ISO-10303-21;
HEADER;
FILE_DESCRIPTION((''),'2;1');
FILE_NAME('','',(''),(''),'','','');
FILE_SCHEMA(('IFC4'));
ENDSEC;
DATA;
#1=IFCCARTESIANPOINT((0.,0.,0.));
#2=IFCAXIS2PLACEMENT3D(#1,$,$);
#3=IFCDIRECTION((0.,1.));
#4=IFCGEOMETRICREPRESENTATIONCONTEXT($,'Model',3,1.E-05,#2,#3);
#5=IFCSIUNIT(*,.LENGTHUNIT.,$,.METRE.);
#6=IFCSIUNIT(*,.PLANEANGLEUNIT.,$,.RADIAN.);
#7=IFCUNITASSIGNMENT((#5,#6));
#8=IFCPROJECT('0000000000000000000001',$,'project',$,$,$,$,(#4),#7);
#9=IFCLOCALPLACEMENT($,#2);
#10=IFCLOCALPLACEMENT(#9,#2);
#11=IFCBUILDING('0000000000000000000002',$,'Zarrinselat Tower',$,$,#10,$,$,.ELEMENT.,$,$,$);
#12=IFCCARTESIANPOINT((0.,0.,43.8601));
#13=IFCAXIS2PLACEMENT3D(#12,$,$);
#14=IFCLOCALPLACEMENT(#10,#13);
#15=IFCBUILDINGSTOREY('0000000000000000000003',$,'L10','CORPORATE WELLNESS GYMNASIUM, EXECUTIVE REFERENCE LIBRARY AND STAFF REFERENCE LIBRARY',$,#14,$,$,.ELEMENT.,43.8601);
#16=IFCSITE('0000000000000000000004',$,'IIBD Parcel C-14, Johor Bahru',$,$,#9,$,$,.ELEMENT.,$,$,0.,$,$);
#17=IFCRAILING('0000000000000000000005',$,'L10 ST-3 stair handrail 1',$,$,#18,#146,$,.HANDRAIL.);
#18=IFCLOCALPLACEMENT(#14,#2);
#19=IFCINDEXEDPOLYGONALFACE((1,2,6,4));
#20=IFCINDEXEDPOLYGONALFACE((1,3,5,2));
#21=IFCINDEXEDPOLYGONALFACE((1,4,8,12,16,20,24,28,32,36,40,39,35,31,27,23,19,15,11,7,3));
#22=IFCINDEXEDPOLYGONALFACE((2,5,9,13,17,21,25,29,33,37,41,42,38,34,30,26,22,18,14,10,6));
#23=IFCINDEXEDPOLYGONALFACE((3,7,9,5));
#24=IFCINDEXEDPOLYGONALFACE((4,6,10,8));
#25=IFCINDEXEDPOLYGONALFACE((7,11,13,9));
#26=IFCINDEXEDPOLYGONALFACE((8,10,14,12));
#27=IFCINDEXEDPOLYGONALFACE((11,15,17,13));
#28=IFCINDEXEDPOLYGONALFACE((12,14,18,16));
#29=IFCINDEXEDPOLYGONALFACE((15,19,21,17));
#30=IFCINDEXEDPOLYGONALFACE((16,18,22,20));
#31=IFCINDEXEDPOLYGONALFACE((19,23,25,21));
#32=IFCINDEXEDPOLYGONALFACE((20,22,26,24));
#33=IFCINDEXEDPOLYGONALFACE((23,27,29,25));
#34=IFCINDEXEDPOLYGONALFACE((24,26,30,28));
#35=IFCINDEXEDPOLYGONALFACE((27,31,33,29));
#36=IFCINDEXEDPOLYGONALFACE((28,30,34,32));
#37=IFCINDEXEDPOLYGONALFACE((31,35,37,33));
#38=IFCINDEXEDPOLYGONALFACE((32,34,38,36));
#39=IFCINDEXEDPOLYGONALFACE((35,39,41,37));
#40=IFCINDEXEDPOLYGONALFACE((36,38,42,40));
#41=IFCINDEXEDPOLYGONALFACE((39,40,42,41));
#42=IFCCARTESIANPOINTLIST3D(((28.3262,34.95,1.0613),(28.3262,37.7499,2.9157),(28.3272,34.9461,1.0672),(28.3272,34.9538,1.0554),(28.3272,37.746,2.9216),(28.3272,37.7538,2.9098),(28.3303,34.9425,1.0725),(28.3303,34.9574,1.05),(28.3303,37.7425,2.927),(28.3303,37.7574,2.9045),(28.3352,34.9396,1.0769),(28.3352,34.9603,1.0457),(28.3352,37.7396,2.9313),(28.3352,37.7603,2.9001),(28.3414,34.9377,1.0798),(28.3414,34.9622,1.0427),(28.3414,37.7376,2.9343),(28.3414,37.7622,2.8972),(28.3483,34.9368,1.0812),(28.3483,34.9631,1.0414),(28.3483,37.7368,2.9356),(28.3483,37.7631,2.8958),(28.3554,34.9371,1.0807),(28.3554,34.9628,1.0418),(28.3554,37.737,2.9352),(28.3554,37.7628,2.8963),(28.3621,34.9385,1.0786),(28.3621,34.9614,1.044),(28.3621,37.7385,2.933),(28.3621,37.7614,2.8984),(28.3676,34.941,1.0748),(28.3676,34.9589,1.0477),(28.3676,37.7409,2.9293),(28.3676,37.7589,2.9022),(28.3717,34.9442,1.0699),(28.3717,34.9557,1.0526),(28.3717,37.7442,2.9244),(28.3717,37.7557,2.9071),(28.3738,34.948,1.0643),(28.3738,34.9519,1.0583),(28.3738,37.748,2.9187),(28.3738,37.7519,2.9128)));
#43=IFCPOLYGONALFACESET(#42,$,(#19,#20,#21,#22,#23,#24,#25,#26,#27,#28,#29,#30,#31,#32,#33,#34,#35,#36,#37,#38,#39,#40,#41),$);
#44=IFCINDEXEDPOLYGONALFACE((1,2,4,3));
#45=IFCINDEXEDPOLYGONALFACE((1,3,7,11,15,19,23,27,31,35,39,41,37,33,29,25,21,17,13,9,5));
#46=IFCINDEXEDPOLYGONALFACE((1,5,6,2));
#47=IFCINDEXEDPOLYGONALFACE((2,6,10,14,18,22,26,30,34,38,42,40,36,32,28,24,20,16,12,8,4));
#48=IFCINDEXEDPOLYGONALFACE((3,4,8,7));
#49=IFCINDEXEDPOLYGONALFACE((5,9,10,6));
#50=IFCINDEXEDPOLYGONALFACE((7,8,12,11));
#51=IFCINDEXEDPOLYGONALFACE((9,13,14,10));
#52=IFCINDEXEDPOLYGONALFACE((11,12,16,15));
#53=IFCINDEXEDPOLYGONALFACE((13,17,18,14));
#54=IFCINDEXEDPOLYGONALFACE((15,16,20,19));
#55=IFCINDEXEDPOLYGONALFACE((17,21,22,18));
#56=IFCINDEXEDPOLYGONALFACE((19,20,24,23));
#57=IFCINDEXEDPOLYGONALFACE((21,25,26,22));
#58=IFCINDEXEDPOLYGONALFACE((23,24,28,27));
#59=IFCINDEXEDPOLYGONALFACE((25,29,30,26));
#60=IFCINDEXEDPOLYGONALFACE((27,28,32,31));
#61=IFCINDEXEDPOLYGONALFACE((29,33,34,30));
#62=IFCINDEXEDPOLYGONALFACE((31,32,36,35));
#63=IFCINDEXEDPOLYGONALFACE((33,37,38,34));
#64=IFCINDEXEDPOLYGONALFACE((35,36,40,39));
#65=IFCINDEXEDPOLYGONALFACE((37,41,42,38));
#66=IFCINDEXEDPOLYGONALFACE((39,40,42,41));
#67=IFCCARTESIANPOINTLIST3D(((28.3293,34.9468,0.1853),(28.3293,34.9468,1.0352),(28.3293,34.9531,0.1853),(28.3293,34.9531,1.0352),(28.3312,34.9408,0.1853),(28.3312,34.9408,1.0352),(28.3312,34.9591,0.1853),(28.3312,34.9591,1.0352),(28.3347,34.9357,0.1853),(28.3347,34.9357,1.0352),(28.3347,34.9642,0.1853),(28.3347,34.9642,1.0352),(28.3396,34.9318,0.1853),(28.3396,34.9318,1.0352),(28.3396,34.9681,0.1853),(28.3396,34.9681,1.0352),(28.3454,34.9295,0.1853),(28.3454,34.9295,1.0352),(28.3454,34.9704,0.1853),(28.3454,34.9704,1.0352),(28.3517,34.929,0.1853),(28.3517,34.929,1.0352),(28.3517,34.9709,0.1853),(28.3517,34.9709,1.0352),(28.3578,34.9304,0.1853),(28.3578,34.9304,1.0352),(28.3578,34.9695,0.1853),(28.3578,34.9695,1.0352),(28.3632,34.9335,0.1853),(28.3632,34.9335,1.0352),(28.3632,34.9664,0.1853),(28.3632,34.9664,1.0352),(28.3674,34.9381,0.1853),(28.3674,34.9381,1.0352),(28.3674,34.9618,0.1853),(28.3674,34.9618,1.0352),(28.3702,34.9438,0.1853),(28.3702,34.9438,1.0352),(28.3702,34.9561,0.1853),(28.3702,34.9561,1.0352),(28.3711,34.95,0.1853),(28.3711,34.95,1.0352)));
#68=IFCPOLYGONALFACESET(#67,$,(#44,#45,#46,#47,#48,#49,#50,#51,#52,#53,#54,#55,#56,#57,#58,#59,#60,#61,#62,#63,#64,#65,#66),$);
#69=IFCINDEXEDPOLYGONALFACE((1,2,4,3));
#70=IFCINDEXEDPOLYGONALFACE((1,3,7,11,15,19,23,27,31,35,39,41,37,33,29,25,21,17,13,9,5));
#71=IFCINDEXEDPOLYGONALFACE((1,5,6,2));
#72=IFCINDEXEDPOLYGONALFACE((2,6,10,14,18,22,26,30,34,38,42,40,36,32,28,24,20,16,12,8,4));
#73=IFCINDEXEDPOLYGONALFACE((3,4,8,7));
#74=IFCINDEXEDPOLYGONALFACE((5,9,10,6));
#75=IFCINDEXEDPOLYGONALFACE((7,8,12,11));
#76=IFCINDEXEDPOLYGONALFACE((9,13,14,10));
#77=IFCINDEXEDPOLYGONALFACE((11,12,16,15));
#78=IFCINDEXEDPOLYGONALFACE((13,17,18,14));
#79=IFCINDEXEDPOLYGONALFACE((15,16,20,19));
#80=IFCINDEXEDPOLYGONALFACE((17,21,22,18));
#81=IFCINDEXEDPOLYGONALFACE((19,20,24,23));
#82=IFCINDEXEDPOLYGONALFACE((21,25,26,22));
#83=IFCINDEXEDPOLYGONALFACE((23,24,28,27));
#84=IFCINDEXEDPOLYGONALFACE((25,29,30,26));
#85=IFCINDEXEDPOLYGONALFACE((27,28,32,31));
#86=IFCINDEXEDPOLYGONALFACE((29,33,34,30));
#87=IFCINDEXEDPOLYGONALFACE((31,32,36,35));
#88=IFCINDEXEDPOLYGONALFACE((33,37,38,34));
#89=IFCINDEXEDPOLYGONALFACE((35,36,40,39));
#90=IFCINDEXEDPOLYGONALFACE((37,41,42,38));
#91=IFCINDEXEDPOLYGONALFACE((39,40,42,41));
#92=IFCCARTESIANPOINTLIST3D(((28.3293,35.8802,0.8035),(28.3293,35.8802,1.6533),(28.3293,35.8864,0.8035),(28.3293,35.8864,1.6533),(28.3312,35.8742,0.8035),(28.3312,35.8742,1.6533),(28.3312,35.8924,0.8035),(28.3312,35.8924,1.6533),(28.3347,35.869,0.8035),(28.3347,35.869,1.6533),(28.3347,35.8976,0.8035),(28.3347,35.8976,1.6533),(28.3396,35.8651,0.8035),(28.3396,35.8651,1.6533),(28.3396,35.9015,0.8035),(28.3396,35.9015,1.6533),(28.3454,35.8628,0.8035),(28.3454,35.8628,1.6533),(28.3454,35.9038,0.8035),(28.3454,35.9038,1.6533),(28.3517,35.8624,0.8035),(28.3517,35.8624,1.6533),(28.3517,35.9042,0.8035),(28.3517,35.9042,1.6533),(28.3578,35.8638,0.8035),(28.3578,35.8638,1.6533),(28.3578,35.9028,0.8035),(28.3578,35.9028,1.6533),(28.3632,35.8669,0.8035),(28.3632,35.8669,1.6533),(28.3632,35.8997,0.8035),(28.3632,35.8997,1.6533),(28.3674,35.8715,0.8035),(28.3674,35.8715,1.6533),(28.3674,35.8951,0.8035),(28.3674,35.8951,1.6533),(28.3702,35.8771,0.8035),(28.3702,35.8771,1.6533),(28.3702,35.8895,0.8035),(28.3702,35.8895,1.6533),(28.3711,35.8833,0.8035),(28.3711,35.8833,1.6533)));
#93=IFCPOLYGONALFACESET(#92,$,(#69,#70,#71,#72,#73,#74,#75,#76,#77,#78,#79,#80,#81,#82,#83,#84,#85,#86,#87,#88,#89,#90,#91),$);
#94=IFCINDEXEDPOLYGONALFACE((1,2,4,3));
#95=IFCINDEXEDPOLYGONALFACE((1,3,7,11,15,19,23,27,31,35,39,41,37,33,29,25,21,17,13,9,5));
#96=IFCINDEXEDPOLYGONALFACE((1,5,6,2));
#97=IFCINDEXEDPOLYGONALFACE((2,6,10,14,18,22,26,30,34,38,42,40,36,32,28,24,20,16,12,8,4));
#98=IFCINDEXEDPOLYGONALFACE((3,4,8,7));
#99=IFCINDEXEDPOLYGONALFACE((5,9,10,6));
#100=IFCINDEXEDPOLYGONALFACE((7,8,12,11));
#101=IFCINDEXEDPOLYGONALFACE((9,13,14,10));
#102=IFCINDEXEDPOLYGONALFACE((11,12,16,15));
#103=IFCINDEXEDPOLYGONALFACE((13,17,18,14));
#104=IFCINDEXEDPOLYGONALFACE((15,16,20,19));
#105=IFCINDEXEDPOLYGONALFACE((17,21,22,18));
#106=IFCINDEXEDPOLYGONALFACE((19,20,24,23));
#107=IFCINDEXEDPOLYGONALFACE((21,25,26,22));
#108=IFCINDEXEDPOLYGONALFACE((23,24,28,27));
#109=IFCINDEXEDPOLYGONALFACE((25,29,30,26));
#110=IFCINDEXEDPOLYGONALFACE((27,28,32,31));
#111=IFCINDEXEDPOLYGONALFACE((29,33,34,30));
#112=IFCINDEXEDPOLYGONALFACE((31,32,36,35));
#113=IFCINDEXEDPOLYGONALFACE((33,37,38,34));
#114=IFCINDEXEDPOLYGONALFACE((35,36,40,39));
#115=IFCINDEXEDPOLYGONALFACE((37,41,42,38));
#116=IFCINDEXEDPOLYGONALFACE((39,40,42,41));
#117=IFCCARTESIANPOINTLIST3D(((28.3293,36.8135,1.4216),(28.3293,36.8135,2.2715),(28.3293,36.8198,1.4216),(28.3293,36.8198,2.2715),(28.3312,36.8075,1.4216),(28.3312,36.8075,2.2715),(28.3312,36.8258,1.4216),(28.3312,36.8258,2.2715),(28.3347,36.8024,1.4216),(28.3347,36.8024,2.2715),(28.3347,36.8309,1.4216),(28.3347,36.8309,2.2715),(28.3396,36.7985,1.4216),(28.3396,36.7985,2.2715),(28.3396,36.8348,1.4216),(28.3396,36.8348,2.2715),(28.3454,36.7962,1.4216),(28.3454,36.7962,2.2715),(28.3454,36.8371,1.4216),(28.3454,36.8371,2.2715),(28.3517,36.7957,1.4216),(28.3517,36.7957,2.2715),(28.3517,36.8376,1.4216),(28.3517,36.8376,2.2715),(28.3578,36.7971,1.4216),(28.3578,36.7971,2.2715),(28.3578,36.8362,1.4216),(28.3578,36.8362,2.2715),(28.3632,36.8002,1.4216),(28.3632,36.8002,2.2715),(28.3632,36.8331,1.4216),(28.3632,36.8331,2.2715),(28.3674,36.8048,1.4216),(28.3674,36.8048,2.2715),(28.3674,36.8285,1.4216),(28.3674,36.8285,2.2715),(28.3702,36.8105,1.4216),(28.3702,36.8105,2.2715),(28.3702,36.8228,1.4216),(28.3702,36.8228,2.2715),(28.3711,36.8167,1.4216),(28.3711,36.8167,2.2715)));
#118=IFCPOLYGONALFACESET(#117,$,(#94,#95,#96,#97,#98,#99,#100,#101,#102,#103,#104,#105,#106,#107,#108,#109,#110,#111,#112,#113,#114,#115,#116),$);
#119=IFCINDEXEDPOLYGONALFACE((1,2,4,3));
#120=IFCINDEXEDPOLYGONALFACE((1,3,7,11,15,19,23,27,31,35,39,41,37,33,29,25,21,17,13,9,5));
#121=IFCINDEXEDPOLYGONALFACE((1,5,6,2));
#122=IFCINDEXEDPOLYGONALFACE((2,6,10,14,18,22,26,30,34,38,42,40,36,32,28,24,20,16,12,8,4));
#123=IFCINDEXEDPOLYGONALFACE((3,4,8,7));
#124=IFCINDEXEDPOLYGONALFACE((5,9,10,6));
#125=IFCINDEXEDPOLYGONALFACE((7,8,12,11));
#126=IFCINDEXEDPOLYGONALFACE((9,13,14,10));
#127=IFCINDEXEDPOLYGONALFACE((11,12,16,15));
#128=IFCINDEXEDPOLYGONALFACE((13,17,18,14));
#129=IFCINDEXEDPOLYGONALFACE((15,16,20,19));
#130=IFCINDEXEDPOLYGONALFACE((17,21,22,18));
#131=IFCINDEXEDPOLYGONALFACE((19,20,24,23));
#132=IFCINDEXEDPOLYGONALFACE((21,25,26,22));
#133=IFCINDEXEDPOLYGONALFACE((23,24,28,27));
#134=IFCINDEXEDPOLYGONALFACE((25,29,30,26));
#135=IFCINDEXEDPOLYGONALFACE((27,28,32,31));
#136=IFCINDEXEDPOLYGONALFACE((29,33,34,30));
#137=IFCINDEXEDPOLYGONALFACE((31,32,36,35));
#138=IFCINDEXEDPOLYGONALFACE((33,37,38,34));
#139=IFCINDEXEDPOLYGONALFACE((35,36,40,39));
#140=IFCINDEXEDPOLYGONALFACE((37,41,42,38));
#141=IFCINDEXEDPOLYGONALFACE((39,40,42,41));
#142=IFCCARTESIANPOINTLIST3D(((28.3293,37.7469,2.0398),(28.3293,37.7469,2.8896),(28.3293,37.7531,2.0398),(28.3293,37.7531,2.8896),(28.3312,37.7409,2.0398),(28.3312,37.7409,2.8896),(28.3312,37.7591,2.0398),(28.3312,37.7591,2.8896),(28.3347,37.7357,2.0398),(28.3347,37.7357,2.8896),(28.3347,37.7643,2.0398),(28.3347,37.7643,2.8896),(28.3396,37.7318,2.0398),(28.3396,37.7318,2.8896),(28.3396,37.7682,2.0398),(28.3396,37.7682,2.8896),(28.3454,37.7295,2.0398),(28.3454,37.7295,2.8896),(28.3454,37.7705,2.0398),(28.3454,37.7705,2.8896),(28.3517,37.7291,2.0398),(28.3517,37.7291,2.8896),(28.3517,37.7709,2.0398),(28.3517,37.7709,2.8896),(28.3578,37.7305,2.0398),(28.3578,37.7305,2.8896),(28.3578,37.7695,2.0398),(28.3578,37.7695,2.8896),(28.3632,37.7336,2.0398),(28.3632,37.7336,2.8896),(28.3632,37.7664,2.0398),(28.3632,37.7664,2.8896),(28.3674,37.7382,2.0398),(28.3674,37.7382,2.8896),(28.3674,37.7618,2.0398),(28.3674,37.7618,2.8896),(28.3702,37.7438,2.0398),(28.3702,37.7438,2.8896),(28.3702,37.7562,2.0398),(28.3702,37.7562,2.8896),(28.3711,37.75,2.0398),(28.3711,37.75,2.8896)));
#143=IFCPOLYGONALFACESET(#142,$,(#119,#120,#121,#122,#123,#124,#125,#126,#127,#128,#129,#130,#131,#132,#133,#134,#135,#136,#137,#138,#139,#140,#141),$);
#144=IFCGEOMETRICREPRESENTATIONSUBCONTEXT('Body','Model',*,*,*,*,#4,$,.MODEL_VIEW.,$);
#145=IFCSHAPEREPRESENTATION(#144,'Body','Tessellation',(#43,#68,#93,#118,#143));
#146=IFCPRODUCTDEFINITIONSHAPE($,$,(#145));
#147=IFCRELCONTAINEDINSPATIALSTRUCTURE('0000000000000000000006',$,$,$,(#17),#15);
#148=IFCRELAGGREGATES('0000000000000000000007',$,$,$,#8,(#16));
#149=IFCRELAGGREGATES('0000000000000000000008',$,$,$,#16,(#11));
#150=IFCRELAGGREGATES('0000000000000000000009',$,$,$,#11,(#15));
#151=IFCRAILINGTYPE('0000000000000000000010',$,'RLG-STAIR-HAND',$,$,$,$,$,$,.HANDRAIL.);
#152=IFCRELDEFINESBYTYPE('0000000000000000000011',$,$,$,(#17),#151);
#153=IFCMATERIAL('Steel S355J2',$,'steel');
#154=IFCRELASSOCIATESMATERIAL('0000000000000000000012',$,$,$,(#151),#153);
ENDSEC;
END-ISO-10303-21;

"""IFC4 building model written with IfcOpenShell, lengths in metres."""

from ifc_helpers import new_model, si_unit, direction, frame, origin, origin_2d, place, context, subcontext, project, spatial, circle, extrude, material, type_object, element, save


model = new_model("IFC4")

# Units and contexts
model_context = context("Model", 3, precision=1e-05, world=origin(), true_north=direction((0.0, 1.0)))
body_context = subcontext(model_context, "Body", "Model", "MODEL_VIEW")
ifc_project = project(units=[si_unit("LENGTHUNIT", "METRE"), si_unit("PLANEANGLEUNIT", "RADIAN")], contexts=[model_context])

# Site, building, storey
site_placement = place(None, origin())
site = spatial("IfcSite", under=ifc_project, at=site_placement, Name="IIBD Parcel C-14, Johor Bahru", CompositionType="ELEMENT", RefElevation=0.0)
building_placement = place(site_placement, origin())
building = spatial("IfcBuilding", under=site, at=building_placement, Name="Zarrinselat Tower", CompositionType="ELEMENT")
storey_placement = place(building_placement, frame((0.0, 0.0, 43.8601)))
storey = spatial("IfcBuildingStorey", under=building, at=storey_placement, Name="L10", Description="CORPORATE WELLNESS GYMNASIUM, EXECUTIVE REFERENCE LIBRARY AND STAFF REFERENCE LIBRARY", CompositionType="ELEMENT", Elevation=43.8601)

# Railing
ifc_material_1 = material(Name="Steel S355J2", Category="steel")
railing_type_1 = type_object("IfcRailingType", Name="RLG-STAIR-HAND", PredefinedType="HANDRAIL", material=ifc_material_1)
railing_1_placement = place(storey_placement, frame((28.3501, 34.95, 0.1853)))
element("IfcRailing", 1, at=railing_1_placement, inside=storey, type_object=railing_type_1, Name="L10 ST-3 stair handrail 1", PredefinedType="HANDRAIL", context=body_context, shape_type="SweptSolid", body=[
    extrude(circle(Radius=0.0239, at=origin_2d()), frame((0.0, 0.0, 0.876), z_axis=(0.0, 0.833724, 0.552181), x_axis=(-1.0, 0.0, 0.0)), (0.0, 0.0, 1.0), 3.3584),
    extrude(circle(Radius=0.021, at=origin_2d()), origin(), (0.0, 0.0, 1.0), 0.8499),
    extrude(circle(Radius=0.021, at=origin_2d()), frame((0.0, 0.9333, 0.6182)), (0.0, 0.0, 1.0), 0.8499),
    extrude(circle(Radius=0.021, at=origin_2d()), frame((0.0, 1.8667, 1.2363)), (0.0, 0.0, 1.0), 0.8499),
    extrude(circle(Radius=0.021, at=origin_2d()), frame((0.0, 2.8, 1.8545)), (0.0, 0.0, 1.0), 0.8499),
])

save(model, "model.ifc")
